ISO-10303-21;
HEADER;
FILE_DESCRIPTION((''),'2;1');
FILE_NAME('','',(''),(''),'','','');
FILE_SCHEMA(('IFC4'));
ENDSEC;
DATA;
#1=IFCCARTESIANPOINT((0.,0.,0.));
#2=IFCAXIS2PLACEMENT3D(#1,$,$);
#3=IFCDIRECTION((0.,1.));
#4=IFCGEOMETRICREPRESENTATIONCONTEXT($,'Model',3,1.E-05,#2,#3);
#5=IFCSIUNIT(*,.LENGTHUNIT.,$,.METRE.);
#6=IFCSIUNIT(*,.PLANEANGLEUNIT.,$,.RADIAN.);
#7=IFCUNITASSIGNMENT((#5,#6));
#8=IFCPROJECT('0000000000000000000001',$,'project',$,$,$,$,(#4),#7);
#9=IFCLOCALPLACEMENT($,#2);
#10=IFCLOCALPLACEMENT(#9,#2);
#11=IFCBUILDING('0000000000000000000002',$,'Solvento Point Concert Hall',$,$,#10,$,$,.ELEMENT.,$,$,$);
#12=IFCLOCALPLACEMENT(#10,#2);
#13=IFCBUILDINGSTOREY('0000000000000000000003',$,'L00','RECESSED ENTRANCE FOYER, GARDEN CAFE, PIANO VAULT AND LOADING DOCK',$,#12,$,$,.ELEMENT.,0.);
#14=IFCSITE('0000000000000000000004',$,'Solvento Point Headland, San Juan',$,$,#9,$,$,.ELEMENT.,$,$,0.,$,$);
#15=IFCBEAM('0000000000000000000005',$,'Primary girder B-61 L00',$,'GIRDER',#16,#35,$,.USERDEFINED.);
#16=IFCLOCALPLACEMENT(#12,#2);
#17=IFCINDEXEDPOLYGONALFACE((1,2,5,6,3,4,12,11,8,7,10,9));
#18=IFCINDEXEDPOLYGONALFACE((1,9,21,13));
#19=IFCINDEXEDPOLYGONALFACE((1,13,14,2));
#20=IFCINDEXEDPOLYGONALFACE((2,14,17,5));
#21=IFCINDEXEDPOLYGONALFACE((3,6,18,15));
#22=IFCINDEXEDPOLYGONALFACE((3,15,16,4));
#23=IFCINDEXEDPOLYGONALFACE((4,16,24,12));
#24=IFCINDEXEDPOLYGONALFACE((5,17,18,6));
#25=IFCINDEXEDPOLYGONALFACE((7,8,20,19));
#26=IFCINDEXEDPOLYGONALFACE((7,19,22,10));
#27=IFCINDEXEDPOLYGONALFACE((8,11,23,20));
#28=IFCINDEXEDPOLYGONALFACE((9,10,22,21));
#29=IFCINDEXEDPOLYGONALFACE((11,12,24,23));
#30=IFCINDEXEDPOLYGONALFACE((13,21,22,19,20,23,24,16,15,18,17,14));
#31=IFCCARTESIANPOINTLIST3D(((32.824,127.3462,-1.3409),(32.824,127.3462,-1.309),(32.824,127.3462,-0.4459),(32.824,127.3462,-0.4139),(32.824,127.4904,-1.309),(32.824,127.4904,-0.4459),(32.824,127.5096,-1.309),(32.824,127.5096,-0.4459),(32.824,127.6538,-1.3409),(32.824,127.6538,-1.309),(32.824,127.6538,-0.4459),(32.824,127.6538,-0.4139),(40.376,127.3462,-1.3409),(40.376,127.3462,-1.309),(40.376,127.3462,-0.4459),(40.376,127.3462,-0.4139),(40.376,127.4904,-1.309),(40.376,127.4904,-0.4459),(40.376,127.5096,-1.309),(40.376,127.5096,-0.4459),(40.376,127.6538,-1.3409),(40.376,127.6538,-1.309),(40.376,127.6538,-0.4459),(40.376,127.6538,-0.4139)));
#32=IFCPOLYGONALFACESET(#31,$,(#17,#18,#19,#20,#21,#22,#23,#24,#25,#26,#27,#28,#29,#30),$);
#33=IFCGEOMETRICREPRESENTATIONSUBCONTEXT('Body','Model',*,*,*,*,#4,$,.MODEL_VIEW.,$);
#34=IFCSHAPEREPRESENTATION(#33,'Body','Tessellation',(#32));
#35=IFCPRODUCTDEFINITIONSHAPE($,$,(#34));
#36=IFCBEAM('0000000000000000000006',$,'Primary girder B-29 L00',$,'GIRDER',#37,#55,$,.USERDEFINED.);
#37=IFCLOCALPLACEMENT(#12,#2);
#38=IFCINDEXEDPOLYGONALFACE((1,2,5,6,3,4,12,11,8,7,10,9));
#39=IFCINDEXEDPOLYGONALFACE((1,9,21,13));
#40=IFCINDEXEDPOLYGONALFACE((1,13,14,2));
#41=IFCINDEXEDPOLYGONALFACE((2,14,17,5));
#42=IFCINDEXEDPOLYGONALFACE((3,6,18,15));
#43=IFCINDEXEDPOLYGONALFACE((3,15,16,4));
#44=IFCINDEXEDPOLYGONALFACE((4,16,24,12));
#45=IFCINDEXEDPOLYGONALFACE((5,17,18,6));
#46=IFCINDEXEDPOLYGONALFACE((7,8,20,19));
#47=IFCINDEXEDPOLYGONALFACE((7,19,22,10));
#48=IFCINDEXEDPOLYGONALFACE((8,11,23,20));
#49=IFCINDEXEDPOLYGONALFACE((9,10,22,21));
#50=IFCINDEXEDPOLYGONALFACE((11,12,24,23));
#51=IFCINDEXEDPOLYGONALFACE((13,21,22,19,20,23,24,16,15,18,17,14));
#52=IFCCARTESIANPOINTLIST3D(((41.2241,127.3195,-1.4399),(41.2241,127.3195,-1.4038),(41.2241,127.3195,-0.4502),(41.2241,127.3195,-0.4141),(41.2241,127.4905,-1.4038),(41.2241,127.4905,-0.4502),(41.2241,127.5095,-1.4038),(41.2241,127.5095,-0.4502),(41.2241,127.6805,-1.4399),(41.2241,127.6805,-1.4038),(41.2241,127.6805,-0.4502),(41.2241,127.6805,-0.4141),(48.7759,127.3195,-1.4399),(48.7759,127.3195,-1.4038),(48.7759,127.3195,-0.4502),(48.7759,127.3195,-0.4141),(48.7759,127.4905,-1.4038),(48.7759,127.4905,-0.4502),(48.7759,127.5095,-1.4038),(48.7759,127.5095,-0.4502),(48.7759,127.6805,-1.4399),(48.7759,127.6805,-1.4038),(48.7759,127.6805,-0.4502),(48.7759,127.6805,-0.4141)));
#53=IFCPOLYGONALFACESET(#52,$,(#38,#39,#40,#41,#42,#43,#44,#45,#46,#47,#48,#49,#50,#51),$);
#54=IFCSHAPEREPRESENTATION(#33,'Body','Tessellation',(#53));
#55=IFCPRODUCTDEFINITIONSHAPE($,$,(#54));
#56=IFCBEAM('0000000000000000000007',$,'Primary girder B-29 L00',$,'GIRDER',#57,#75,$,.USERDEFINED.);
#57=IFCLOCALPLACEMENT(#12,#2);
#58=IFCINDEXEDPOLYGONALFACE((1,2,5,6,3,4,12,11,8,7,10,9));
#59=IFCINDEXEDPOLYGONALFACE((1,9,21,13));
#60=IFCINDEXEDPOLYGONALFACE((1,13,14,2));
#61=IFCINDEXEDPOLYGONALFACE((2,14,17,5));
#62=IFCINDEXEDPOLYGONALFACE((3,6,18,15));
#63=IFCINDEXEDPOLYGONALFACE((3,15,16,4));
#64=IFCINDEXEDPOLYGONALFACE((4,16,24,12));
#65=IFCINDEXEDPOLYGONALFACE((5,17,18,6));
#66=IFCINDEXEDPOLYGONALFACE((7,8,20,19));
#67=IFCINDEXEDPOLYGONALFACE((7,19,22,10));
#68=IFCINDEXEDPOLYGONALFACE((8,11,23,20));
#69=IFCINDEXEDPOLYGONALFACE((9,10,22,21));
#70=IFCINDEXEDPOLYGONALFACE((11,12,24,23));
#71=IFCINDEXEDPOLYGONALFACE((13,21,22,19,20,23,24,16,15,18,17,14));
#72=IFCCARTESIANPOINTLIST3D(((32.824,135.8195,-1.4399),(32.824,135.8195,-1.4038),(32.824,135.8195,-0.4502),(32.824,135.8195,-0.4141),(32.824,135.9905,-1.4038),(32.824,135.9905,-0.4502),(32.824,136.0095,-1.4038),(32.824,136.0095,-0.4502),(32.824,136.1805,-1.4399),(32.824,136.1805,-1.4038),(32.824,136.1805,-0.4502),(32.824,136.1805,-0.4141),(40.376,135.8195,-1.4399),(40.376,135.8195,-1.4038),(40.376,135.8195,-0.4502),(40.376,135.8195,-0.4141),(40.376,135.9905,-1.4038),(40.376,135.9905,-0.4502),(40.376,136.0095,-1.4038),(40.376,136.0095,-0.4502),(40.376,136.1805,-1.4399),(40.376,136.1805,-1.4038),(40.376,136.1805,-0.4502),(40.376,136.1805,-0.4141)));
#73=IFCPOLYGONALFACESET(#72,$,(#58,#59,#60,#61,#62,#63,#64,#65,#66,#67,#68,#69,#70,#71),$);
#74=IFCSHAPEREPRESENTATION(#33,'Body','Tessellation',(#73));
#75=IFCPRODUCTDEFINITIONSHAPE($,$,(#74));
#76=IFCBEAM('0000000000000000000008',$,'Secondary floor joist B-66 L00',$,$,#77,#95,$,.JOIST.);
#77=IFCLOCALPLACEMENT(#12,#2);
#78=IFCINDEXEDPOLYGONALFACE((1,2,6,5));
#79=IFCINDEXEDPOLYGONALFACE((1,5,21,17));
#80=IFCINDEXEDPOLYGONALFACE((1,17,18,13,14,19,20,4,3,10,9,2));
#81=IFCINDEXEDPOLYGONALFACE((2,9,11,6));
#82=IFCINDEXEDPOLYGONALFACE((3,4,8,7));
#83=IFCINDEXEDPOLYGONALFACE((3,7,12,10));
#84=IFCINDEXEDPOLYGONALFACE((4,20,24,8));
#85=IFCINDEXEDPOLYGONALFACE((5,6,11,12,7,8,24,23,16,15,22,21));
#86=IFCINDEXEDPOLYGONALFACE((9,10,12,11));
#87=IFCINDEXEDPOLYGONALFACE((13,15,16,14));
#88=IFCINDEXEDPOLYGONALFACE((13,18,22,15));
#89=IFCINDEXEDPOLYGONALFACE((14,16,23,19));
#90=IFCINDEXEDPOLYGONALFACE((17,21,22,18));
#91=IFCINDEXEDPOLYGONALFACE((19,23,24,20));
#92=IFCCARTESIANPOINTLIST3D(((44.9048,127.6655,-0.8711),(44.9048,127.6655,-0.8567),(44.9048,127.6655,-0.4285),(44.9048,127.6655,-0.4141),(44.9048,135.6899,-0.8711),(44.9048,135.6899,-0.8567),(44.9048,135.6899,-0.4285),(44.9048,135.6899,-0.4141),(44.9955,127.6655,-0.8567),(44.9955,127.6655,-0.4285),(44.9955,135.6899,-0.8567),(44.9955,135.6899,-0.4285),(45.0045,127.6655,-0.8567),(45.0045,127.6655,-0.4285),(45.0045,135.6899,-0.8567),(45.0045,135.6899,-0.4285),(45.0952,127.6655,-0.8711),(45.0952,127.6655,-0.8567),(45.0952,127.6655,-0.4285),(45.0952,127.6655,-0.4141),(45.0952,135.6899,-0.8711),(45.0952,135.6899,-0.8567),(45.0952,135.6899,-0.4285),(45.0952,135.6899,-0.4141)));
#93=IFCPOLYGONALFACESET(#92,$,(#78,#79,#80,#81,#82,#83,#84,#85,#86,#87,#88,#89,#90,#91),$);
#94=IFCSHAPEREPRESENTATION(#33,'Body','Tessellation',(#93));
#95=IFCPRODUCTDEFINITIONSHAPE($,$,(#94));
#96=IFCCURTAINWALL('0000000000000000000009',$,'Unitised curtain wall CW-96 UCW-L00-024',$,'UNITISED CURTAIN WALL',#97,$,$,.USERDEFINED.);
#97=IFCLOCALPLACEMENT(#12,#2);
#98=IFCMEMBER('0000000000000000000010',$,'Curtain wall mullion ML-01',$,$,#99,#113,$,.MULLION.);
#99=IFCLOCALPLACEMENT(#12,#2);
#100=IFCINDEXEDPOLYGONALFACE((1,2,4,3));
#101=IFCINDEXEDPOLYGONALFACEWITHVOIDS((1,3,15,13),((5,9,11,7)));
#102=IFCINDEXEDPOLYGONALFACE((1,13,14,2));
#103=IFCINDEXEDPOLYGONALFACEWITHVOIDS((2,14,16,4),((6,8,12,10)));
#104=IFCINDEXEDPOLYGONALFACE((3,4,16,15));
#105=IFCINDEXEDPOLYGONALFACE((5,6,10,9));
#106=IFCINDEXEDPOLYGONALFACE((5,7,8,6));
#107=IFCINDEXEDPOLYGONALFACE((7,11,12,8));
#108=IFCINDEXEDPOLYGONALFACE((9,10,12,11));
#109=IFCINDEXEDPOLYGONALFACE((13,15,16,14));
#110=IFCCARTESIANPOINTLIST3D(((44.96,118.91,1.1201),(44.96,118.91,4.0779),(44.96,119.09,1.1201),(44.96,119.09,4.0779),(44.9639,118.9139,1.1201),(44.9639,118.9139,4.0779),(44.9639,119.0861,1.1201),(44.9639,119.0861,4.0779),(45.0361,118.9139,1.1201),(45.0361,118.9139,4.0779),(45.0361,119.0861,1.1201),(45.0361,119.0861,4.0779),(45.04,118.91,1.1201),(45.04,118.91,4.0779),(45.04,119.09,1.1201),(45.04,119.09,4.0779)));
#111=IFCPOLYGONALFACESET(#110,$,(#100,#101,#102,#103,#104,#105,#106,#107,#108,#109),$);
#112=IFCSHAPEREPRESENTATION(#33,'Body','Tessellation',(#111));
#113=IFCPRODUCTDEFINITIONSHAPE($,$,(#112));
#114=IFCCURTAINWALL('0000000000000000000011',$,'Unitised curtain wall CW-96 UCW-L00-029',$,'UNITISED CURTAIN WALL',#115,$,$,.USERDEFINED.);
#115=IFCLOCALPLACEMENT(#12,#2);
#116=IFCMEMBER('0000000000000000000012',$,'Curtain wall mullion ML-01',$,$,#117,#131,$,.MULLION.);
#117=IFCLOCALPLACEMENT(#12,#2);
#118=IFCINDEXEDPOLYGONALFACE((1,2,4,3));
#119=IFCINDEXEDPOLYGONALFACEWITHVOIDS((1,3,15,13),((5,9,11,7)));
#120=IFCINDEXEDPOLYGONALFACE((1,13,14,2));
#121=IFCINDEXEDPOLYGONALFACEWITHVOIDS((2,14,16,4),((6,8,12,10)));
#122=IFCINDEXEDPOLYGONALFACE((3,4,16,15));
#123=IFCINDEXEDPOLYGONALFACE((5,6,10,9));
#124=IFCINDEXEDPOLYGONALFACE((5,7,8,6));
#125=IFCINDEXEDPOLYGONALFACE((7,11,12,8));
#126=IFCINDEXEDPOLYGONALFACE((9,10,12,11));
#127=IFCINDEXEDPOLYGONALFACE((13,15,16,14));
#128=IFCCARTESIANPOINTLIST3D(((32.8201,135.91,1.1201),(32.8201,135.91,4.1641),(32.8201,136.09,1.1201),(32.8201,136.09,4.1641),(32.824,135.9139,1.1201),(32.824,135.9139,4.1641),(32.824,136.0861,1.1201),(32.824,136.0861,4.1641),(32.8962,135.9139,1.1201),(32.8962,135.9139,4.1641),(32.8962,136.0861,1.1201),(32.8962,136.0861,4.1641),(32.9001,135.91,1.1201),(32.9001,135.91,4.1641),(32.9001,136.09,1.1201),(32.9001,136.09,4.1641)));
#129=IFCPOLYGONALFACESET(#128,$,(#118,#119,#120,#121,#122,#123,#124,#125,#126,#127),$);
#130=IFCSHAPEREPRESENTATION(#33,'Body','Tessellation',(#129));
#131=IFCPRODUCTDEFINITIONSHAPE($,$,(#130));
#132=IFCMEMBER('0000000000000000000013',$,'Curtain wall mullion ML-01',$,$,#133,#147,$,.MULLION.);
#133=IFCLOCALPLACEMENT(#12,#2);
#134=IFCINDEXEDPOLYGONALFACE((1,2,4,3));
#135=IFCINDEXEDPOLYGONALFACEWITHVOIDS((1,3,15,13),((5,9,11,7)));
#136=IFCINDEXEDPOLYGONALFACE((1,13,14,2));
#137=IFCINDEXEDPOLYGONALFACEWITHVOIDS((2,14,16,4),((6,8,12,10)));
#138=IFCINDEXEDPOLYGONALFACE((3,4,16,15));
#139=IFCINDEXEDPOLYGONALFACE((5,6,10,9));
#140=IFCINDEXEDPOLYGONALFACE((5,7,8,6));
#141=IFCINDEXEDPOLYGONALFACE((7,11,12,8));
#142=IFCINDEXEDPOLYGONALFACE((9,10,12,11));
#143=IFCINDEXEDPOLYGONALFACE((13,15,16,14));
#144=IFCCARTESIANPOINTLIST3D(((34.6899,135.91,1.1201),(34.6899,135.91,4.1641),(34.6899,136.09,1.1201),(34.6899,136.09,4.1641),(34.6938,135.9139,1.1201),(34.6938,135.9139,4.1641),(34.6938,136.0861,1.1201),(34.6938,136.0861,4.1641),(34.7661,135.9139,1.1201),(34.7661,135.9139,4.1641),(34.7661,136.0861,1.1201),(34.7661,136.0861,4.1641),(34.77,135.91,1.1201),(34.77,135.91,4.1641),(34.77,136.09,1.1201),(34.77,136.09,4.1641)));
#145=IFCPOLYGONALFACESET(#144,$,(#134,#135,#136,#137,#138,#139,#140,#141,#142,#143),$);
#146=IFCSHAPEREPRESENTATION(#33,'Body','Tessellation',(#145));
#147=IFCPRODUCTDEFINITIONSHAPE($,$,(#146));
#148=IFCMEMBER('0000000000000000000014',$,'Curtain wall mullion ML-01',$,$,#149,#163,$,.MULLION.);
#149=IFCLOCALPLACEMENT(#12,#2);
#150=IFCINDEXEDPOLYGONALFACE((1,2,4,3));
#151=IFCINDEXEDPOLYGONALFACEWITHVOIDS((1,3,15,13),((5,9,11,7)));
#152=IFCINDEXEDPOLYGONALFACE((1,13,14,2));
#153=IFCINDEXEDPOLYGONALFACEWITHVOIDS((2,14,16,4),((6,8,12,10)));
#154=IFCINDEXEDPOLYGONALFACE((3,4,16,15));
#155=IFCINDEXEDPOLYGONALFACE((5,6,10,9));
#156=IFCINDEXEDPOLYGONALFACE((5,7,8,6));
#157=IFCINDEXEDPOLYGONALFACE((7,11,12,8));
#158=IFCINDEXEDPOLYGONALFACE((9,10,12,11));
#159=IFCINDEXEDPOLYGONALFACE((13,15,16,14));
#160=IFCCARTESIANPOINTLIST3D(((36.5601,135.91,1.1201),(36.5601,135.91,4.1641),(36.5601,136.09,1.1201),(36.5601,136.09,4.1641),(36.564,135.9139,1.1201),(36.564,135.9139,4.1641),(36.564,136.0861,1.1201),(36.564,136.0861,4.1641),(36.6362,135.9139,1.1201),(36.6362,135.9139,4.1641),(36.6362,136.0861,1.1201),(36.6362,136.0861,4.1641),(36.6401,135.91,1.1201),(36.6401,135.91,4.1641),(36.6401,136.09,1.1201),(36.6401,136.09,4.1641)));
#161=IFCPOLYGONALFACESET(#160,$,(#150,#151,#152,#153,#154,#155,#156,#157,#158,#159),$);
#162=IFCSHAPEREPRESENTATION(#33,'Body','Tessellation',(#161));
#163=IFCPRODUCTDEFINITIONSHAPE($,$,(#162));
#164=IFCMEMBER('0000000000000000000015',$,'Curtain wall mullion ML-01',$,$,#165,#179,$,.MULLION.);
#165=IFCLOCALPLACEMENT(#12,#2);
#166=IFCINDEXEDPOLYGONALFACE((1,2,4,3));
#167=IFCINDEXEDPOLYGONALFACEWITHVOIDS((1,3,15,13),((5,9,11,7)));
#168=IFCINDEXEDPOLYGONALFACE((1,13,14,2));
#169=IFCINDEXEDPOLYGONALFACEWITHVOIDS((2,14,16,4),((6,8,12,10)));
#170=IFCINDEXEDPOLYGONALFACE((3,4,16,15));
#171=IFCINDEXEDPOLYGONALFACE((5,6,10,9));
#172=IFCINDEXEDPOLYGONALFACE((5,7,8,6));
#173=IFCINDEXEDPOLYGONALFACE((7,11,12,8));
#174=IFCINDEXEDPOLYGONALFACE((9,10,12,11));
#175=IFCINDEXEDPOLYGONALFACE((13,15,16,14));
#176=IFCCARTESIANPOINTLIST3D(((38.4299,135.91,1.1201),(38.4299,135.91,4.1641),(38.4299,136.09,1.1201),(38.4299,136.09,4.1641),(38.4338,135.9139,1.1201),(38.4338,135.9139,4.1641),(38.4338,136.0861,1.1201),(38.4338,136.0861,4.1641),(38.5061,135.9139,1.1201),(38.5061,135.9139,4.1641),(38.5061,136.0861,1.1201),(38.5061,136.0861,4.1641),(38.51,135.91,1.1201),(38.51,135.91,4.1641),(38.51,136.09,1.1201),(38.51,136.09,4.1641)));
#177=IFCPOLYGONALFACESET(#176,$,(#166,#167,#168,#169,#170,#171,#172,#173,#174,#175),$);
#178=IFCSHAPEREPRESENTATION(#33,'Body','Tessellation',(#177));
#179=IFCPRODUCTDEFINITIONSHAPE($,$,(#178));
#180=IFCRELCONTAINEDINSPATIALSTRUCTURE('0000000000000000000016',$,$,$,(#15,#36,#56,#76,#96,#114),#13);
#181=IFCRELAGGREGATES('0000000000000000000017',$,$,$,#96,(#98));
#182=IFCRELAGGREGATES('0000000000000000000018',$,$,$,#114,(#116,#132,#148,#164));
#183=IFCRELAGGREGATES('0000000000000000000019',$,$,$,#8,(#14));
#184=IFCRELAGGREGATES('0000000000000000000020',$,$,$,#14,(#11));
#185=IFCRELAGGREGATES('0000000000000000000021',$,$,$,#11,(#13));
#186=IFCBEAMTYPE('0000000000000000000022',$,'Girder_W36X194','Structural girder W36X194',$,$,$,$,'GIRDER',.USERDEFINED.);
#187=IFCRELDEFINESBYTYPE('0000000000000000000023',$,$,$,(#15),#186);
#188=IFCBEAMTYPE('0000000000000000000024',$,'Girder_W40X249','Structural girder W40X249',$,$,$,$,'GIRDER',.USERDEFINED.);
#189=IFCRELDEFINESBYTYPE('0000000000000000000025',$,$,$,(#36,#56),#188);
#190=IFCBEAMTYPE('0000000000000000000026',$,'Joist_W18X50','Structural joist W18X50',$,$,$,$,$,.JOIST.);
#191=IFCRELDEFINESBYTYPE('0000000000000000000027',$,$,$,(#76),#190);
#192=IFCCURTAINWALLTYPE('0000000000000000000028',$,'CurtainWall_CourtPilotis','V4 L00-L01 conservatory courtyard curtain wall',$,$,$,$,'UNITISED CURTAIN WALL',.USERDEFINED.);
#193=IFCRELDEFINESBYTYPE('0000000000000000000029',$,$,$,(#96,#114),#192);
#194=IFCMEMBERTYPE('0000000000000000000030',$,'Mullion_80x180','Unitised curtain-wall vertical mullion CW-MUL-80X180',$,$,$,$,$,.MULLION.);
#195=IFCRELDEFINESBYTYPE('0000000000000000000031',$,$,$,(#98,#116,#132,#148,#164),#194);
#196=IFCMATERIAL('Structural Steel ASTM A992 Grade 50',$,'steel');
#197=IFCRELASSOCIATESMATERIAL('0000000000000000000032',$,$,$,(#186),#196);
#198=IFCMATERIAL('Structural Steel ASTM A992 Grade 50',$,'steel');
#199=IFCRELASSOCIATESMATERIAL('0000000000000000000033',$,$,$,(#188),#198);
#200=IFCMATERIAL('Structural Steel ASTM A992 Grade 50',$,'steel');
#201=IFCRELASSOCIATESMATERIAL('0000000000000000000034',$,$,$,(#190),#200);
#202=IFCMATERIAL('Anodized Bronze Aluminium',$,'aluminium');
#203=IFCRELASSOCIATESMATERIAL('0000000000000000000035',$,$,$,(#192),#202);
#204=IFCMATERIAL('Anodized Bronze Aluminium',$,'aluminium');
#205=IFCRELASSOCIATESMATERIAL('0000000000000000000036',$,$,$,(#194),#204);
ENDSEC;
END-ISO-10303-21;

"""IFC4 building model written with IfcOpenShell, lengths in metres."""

from ifc_helpers import new_model, si_unit, direction, frame, origin, origin_2d, place, context, subcontext, project, spatial, hollow_rectangle, i_section, extrude, material, material_profile, profile_set, type_object, element, aggregate, save


model = new_model("IFC4")

# Units and contexts
model_context = context("Model", 3, precision=1e-05, world=origin(), true_north=direction((0.0, 1.0)))
body_context = subcontext(model_context, "Body", "Model", "MODEL_VIEW")
ifc_project = project(units=[si_unit("LENGTHUNIT", "METRE"), si_unit("PLANEANGLEUNIT", "RADIAN")], contexts=[model_context])

# Site, building, storey
site_placement = place(None, origin())
site = spatial("IfcSite", under=ifc_project, at=site_placement, Name="Solvento Point Headland, San Juan", CompositionType="ELEMENT", RefElevation=0.0)
building_placement = place(site_placement, origin())
building = spatial("IfcBuilding", under=site, at=building_placement, Name="Solvento Point Concert Hall", CompositionType="ELEMENT")
storey_placement = place(building_placement, origin())
storey = spatial("IfcBuildingStorey", under=building, at=storey_placement, Name="L00", Description="RECESSED ENTRANCE FOYER, GARDEN CAFE, PIANO VAULT AND LOADING DOCK", CompositionType="ELEMENT", Elevation=0.0)

# Beams
ifc_material_1 = material(Name="Structural Steel ASTM A992 Grade 50", Category="steel")
ifc_material_profile_1 = material_profile(ifc_material_1, i_section(OverallWidth=0.3076, OverallDepth=0.927, WebThickness=0.0193, FlangeThickness=0.032, at=origin_2d()), Name="W36X194")
ifc_profile_set_1 = profile_set([ifc_material_profile_1], Name="Structural Steel ASTM A992 Grade 50")
beam_type_1 = type_object("IfcBeamType", Name="Girder_W36X194", Description="Structural girder W36X194", ElementType="GIRDER", PredefinedType="USERDEFINED", material=ifc_profile_set_1)
beam_1_placement = place(storey_placement, frame((32.824, 127.5, -0.8774), z_axis=(1.0, 0.0, 0.0), x_axis=(0.0, 1.0, 0.0)))
element("IfcBeam", 1, at=beam_1_placement, inside=storey, type_object=beam_type_1, Name="Primary girder B-61 L00", ObjectType="GIRDER", PredefinedType="USERDEFINED", context=body_context, shape_type="SweptSolid", body=[
    extrude(i_section(OverallWidth=0.3076, OverallDepth=0.927, WebThickness=0.0193, FlangeThickness=0.032, at=origin_2d()), origin(), (0.0, 0.0, 1.0), 7.552),
])
ifc_material_2 = material(Name="Structural Steel ASTM A992 Grade 50", Category="steel")
ifc_material_profile_2 = material_profile(ifc_material_2, i_section(OverallWidth=0.3611, OverallDepth=1.0259, WebThickness=0.019, FlangeThickness=0.0361, at=origin_2d()), Name="W40X249")
ifc_profile_set_2 = profile_set([ifc_material_profile_2], Name="Structural Steel ASTM A992 Grade 50")
beam_type_2 = type_object("IfcBeamType", Name="Girder_W40X249", Description="Structural girder W40X249", ElementType="GIRDER", PredefinedType="USERDEFINED", material=ifc_profile_set_2)
beam_2_placement = place(storey_placement, frame((41.2241, 127.5, -0.927), z_axis=(1.0, 0.0, 0.0), x_axis=(0.0, 1.0, 0.0)))
element("IfcBeam", 2, at=beam_2_placement, inside=storey, type_object=beam_type_2, Name="Primary girder B-29 L00", ObjectType="GIRDER", PredefinedType="USERDEFINED", context=body_context, shape_type="SweptSolid", body=[
    extrude(i_section(OverallWidth=0.3611, OverallDepth=1.0259, WebThickness=0.019, FlangeThickness=0.0361, at=origin_2d()), origin(), (0.0, 0.0, 1.0), 7.5518),
])
beam_3_placement = place(storey_placement, frame((32.824, 136.0, -0.927), z_axis=(1.0, 0.0, 0.0), x_axis=(0.0, 1.0, 0.0)))
element("IfcBeam", 3, at=beam_3_placement, inside=storey, type_object=beam_type_2, Name="Primary girder B-29 L00", ObjectType="GIRDER", PredefinedType="USERDEFINED", context=body_context, shape_type="SweptSolid", body=[
    extrude(i_section(OverallWidth=0.3611, OverallDepth=1.0259, WebThickness=0.019, FlangeThickness=0.0361, at=origin_2d()), origin(), (0.0, 0.0, 1.0), 7.552),
])
ifc_material_3 = material(Name="Structural Steel ASTM A992 Grade 50", Category="steel")
ifc_material_profile_3 = material_profile(ifc_material_3, i_section(OverallWidth=0.1904, OverallDepth=0.457, WebThickness=0.009, FlangeThickness=0.0144, at=origin_2d()), Name="W18X50")
ifc_profile_set_3 = profile_set([ifc_material_profile_3], Name="Structural Steel ASTM A992 Grade 50")
beam_type_3 = type_object("IfcBeamType", Name="Joist_W18X50", Description="Structural joist W18X50", PredefinedType="JOIST", material=ifc_profile_set_3)
beam_4_placement = place(storey_placement, frame((45.0, 127.6655, -0.6426), z_axis=(0.0, 1.0, 0.0), x_axis=(-1.0, 0.0, 0.0)))
element("IfcBeam", 4, at=beam_4_placement, inside=storey, type_object=beam_type_3, Name="Secondary floor joist B-66 L00", PredefinedType="JOIST", context=body_context, shape_type="SweptSolid", body=[
    extrude(i_section(OverallWidth=0.1904, OverallDepth=0.457, WebThickness=0.009, FlangeThickness=0.0144, at=origin_2d()), origin(), (0.0, 0.0, 1.0), 8.0244),
])

# Curtain wall, member
ifc_material_4 = material(Name="Anodized Bronze Aluminium", Category="aluminium")
curtain_wall_type = type_object("IfcCurtainWallType", Name="CurtainWall_CourtPilotis", Description="V4 L00-L01 conservatory courtyard curtain wall", ElementType="UNITISED CURTAIN WALL", PredefinedType="USERDEFINED", material=ifc_material_4)
curtain_wall_1_placement = place(storey_placement, origin())
curtain_wall_1 = element("IfcCurtainWall", 5, at=curtain_wall_1_placement, inside=storey, type_object=curtain_wall_type, Name="Unitised curtain wall CW-96 UCW-L00-024", ObjectType="UNITISED CURTAIN WALL", PredefinedType="USERDEFINED")
ifc_material_5 = material(Name="Anodized Bronze Aluminium", Category="aluminium")
ifc_material_profile_4 = material_profile(ifc_material_5, hollow_rectangle(XDim=0.0801, YDim=0.1799, WallThickness=0.0039, at=origin_2d()), Name="CW-MUL-80X180")
ifc_profile_set_4 = profile_set([ifc_material_profile_4], Name="Anodized Bronze Aluminium")
member_type_1 = type_object("IfcMemberType", Name="Mullion_80x180", Description="Unitised curtain-wall vertical mullion CW-MUL-80X180", PredefinedType="MULLION", material=ifc_profile_set_4)
member_1_placement = place(storey_placement, frame((45.0, 119.0, 1.1201), z_axis=(0.0, 0.0, 1.0), x_axis=(1.0, 0.0, 0.0)))
member_1 = element("IfcMember", 6, at=member_1_placement, type_object=member_type_1, Name="Curtain wall mullion ML-01", PredefinedType="MULLION", context=body_context, shape_type="SweptSolid", body=[
    extrude(hollow_rectangle(XDim=0.0801, YDim=0.1799, WallThickness=0.0039, at=origin_2d()), origin(), (0.0, 0.0, 1.0), 2.9578),
])

# Curtain wall, members
curtain_wall_2_placement = place(storey_placement, origin())
curtain_wall_2 = element("IfcCurtainWall", 7, at=curtain_wall_2_placement, inside=storey, type_object=curtain_wall_type, Name="Unitised curtain wall CW-96 UCW-L00-029", ObjectType="UNITISED CURTAIN WALL", PredefinedType="USERDEFINED")
member_2_placement = place(storey_placement, frame((32.8601, 136.0, 1.1201), z_axis=(0.0, 0.0, 1.0), x_axis=(1.0, 0.0, 0.0)))
member_2 = element("IfcMember", 8, at=member_2_placement, type_object=member_type_1, Name="Curtain wall mullion ML-01", PredefinedType="MULLION", context=body_context, shape_type="SweptSolid", body=[
    extrude(hollow_rectangle(XDim=0.0801, YDim=0.1799, WallThickness=0.0039, at=origin_2d()), origin(), (0.0, 0.0, 1.0), 3.0439),
])
member_3_placement = place(storey_placement, frame((34.73, 136.0, 1.1201), z_axis=(0.0, 0.0, 1.0), x_axis=(1.0, 0.0, 0.0)))
member_3 = element("IfcMember", 9, at=member_3_placement, type_object=member_type_1, Name="Curtain wall mullion ML-01", PredefinedType="MULLION", context=body_context, shape_type="SweptSolid", body=[
    extrude(hollow_rectangle(XDim=0.0801, YDim=0.1799, WallThickness=0.0039, at=origin_2d()), origin(), (0.0, 0.0, 1.0), 3.0439),
])
member_4_placement = place(storey_placement, frame((36.6001, 136.0, 1.1201), z_axis=(0.0, 0.0, 1.0), x_axis=(1.0, 0.0, 0.0)))
member_4 = element("IfcMember", 10, at=member_4_placement, type_object=member_type_1, Name="Curtain wall mullion ML-01", PredefinedType="MULLION", context=body_context, shape_type="SweptSolid", body=[
    extrude(hollow_rectangle(XDim=0.0801, YDim=0.1799, WallThickness=0.0039, at=origin_2d()), origin(), (0.0, 0.0, 1.0), 3.0439),
])
member_5_placement = place(storey_placement, frame((38.47, 136.0, 1.1201), z_axis=(0.0, 0.0, 1.0), x_axis=(1.0, 0.0, 0.0)))
member_5 = element("IfcMember", 11, at=member_5_placement, type_object=member_type_1, Name="Curtain wall mullion ML-01", PredefinedType="MULLION", context=body_context, shape_type="SweptSolid", body=[
    extrude(hollow_rectangle(XDim=0.0801, YDim=0.1799, WallThickness=0.0039, at=origin_2d()), origin(), (0.0, 0.0, 1.0), 3.0439),
])

aggregate(curtain_wall_1, [member_1])
aggregate(curtain_wall_2, [member_2, member_3, member_4, member_5])

save(model, "model.ifc")
